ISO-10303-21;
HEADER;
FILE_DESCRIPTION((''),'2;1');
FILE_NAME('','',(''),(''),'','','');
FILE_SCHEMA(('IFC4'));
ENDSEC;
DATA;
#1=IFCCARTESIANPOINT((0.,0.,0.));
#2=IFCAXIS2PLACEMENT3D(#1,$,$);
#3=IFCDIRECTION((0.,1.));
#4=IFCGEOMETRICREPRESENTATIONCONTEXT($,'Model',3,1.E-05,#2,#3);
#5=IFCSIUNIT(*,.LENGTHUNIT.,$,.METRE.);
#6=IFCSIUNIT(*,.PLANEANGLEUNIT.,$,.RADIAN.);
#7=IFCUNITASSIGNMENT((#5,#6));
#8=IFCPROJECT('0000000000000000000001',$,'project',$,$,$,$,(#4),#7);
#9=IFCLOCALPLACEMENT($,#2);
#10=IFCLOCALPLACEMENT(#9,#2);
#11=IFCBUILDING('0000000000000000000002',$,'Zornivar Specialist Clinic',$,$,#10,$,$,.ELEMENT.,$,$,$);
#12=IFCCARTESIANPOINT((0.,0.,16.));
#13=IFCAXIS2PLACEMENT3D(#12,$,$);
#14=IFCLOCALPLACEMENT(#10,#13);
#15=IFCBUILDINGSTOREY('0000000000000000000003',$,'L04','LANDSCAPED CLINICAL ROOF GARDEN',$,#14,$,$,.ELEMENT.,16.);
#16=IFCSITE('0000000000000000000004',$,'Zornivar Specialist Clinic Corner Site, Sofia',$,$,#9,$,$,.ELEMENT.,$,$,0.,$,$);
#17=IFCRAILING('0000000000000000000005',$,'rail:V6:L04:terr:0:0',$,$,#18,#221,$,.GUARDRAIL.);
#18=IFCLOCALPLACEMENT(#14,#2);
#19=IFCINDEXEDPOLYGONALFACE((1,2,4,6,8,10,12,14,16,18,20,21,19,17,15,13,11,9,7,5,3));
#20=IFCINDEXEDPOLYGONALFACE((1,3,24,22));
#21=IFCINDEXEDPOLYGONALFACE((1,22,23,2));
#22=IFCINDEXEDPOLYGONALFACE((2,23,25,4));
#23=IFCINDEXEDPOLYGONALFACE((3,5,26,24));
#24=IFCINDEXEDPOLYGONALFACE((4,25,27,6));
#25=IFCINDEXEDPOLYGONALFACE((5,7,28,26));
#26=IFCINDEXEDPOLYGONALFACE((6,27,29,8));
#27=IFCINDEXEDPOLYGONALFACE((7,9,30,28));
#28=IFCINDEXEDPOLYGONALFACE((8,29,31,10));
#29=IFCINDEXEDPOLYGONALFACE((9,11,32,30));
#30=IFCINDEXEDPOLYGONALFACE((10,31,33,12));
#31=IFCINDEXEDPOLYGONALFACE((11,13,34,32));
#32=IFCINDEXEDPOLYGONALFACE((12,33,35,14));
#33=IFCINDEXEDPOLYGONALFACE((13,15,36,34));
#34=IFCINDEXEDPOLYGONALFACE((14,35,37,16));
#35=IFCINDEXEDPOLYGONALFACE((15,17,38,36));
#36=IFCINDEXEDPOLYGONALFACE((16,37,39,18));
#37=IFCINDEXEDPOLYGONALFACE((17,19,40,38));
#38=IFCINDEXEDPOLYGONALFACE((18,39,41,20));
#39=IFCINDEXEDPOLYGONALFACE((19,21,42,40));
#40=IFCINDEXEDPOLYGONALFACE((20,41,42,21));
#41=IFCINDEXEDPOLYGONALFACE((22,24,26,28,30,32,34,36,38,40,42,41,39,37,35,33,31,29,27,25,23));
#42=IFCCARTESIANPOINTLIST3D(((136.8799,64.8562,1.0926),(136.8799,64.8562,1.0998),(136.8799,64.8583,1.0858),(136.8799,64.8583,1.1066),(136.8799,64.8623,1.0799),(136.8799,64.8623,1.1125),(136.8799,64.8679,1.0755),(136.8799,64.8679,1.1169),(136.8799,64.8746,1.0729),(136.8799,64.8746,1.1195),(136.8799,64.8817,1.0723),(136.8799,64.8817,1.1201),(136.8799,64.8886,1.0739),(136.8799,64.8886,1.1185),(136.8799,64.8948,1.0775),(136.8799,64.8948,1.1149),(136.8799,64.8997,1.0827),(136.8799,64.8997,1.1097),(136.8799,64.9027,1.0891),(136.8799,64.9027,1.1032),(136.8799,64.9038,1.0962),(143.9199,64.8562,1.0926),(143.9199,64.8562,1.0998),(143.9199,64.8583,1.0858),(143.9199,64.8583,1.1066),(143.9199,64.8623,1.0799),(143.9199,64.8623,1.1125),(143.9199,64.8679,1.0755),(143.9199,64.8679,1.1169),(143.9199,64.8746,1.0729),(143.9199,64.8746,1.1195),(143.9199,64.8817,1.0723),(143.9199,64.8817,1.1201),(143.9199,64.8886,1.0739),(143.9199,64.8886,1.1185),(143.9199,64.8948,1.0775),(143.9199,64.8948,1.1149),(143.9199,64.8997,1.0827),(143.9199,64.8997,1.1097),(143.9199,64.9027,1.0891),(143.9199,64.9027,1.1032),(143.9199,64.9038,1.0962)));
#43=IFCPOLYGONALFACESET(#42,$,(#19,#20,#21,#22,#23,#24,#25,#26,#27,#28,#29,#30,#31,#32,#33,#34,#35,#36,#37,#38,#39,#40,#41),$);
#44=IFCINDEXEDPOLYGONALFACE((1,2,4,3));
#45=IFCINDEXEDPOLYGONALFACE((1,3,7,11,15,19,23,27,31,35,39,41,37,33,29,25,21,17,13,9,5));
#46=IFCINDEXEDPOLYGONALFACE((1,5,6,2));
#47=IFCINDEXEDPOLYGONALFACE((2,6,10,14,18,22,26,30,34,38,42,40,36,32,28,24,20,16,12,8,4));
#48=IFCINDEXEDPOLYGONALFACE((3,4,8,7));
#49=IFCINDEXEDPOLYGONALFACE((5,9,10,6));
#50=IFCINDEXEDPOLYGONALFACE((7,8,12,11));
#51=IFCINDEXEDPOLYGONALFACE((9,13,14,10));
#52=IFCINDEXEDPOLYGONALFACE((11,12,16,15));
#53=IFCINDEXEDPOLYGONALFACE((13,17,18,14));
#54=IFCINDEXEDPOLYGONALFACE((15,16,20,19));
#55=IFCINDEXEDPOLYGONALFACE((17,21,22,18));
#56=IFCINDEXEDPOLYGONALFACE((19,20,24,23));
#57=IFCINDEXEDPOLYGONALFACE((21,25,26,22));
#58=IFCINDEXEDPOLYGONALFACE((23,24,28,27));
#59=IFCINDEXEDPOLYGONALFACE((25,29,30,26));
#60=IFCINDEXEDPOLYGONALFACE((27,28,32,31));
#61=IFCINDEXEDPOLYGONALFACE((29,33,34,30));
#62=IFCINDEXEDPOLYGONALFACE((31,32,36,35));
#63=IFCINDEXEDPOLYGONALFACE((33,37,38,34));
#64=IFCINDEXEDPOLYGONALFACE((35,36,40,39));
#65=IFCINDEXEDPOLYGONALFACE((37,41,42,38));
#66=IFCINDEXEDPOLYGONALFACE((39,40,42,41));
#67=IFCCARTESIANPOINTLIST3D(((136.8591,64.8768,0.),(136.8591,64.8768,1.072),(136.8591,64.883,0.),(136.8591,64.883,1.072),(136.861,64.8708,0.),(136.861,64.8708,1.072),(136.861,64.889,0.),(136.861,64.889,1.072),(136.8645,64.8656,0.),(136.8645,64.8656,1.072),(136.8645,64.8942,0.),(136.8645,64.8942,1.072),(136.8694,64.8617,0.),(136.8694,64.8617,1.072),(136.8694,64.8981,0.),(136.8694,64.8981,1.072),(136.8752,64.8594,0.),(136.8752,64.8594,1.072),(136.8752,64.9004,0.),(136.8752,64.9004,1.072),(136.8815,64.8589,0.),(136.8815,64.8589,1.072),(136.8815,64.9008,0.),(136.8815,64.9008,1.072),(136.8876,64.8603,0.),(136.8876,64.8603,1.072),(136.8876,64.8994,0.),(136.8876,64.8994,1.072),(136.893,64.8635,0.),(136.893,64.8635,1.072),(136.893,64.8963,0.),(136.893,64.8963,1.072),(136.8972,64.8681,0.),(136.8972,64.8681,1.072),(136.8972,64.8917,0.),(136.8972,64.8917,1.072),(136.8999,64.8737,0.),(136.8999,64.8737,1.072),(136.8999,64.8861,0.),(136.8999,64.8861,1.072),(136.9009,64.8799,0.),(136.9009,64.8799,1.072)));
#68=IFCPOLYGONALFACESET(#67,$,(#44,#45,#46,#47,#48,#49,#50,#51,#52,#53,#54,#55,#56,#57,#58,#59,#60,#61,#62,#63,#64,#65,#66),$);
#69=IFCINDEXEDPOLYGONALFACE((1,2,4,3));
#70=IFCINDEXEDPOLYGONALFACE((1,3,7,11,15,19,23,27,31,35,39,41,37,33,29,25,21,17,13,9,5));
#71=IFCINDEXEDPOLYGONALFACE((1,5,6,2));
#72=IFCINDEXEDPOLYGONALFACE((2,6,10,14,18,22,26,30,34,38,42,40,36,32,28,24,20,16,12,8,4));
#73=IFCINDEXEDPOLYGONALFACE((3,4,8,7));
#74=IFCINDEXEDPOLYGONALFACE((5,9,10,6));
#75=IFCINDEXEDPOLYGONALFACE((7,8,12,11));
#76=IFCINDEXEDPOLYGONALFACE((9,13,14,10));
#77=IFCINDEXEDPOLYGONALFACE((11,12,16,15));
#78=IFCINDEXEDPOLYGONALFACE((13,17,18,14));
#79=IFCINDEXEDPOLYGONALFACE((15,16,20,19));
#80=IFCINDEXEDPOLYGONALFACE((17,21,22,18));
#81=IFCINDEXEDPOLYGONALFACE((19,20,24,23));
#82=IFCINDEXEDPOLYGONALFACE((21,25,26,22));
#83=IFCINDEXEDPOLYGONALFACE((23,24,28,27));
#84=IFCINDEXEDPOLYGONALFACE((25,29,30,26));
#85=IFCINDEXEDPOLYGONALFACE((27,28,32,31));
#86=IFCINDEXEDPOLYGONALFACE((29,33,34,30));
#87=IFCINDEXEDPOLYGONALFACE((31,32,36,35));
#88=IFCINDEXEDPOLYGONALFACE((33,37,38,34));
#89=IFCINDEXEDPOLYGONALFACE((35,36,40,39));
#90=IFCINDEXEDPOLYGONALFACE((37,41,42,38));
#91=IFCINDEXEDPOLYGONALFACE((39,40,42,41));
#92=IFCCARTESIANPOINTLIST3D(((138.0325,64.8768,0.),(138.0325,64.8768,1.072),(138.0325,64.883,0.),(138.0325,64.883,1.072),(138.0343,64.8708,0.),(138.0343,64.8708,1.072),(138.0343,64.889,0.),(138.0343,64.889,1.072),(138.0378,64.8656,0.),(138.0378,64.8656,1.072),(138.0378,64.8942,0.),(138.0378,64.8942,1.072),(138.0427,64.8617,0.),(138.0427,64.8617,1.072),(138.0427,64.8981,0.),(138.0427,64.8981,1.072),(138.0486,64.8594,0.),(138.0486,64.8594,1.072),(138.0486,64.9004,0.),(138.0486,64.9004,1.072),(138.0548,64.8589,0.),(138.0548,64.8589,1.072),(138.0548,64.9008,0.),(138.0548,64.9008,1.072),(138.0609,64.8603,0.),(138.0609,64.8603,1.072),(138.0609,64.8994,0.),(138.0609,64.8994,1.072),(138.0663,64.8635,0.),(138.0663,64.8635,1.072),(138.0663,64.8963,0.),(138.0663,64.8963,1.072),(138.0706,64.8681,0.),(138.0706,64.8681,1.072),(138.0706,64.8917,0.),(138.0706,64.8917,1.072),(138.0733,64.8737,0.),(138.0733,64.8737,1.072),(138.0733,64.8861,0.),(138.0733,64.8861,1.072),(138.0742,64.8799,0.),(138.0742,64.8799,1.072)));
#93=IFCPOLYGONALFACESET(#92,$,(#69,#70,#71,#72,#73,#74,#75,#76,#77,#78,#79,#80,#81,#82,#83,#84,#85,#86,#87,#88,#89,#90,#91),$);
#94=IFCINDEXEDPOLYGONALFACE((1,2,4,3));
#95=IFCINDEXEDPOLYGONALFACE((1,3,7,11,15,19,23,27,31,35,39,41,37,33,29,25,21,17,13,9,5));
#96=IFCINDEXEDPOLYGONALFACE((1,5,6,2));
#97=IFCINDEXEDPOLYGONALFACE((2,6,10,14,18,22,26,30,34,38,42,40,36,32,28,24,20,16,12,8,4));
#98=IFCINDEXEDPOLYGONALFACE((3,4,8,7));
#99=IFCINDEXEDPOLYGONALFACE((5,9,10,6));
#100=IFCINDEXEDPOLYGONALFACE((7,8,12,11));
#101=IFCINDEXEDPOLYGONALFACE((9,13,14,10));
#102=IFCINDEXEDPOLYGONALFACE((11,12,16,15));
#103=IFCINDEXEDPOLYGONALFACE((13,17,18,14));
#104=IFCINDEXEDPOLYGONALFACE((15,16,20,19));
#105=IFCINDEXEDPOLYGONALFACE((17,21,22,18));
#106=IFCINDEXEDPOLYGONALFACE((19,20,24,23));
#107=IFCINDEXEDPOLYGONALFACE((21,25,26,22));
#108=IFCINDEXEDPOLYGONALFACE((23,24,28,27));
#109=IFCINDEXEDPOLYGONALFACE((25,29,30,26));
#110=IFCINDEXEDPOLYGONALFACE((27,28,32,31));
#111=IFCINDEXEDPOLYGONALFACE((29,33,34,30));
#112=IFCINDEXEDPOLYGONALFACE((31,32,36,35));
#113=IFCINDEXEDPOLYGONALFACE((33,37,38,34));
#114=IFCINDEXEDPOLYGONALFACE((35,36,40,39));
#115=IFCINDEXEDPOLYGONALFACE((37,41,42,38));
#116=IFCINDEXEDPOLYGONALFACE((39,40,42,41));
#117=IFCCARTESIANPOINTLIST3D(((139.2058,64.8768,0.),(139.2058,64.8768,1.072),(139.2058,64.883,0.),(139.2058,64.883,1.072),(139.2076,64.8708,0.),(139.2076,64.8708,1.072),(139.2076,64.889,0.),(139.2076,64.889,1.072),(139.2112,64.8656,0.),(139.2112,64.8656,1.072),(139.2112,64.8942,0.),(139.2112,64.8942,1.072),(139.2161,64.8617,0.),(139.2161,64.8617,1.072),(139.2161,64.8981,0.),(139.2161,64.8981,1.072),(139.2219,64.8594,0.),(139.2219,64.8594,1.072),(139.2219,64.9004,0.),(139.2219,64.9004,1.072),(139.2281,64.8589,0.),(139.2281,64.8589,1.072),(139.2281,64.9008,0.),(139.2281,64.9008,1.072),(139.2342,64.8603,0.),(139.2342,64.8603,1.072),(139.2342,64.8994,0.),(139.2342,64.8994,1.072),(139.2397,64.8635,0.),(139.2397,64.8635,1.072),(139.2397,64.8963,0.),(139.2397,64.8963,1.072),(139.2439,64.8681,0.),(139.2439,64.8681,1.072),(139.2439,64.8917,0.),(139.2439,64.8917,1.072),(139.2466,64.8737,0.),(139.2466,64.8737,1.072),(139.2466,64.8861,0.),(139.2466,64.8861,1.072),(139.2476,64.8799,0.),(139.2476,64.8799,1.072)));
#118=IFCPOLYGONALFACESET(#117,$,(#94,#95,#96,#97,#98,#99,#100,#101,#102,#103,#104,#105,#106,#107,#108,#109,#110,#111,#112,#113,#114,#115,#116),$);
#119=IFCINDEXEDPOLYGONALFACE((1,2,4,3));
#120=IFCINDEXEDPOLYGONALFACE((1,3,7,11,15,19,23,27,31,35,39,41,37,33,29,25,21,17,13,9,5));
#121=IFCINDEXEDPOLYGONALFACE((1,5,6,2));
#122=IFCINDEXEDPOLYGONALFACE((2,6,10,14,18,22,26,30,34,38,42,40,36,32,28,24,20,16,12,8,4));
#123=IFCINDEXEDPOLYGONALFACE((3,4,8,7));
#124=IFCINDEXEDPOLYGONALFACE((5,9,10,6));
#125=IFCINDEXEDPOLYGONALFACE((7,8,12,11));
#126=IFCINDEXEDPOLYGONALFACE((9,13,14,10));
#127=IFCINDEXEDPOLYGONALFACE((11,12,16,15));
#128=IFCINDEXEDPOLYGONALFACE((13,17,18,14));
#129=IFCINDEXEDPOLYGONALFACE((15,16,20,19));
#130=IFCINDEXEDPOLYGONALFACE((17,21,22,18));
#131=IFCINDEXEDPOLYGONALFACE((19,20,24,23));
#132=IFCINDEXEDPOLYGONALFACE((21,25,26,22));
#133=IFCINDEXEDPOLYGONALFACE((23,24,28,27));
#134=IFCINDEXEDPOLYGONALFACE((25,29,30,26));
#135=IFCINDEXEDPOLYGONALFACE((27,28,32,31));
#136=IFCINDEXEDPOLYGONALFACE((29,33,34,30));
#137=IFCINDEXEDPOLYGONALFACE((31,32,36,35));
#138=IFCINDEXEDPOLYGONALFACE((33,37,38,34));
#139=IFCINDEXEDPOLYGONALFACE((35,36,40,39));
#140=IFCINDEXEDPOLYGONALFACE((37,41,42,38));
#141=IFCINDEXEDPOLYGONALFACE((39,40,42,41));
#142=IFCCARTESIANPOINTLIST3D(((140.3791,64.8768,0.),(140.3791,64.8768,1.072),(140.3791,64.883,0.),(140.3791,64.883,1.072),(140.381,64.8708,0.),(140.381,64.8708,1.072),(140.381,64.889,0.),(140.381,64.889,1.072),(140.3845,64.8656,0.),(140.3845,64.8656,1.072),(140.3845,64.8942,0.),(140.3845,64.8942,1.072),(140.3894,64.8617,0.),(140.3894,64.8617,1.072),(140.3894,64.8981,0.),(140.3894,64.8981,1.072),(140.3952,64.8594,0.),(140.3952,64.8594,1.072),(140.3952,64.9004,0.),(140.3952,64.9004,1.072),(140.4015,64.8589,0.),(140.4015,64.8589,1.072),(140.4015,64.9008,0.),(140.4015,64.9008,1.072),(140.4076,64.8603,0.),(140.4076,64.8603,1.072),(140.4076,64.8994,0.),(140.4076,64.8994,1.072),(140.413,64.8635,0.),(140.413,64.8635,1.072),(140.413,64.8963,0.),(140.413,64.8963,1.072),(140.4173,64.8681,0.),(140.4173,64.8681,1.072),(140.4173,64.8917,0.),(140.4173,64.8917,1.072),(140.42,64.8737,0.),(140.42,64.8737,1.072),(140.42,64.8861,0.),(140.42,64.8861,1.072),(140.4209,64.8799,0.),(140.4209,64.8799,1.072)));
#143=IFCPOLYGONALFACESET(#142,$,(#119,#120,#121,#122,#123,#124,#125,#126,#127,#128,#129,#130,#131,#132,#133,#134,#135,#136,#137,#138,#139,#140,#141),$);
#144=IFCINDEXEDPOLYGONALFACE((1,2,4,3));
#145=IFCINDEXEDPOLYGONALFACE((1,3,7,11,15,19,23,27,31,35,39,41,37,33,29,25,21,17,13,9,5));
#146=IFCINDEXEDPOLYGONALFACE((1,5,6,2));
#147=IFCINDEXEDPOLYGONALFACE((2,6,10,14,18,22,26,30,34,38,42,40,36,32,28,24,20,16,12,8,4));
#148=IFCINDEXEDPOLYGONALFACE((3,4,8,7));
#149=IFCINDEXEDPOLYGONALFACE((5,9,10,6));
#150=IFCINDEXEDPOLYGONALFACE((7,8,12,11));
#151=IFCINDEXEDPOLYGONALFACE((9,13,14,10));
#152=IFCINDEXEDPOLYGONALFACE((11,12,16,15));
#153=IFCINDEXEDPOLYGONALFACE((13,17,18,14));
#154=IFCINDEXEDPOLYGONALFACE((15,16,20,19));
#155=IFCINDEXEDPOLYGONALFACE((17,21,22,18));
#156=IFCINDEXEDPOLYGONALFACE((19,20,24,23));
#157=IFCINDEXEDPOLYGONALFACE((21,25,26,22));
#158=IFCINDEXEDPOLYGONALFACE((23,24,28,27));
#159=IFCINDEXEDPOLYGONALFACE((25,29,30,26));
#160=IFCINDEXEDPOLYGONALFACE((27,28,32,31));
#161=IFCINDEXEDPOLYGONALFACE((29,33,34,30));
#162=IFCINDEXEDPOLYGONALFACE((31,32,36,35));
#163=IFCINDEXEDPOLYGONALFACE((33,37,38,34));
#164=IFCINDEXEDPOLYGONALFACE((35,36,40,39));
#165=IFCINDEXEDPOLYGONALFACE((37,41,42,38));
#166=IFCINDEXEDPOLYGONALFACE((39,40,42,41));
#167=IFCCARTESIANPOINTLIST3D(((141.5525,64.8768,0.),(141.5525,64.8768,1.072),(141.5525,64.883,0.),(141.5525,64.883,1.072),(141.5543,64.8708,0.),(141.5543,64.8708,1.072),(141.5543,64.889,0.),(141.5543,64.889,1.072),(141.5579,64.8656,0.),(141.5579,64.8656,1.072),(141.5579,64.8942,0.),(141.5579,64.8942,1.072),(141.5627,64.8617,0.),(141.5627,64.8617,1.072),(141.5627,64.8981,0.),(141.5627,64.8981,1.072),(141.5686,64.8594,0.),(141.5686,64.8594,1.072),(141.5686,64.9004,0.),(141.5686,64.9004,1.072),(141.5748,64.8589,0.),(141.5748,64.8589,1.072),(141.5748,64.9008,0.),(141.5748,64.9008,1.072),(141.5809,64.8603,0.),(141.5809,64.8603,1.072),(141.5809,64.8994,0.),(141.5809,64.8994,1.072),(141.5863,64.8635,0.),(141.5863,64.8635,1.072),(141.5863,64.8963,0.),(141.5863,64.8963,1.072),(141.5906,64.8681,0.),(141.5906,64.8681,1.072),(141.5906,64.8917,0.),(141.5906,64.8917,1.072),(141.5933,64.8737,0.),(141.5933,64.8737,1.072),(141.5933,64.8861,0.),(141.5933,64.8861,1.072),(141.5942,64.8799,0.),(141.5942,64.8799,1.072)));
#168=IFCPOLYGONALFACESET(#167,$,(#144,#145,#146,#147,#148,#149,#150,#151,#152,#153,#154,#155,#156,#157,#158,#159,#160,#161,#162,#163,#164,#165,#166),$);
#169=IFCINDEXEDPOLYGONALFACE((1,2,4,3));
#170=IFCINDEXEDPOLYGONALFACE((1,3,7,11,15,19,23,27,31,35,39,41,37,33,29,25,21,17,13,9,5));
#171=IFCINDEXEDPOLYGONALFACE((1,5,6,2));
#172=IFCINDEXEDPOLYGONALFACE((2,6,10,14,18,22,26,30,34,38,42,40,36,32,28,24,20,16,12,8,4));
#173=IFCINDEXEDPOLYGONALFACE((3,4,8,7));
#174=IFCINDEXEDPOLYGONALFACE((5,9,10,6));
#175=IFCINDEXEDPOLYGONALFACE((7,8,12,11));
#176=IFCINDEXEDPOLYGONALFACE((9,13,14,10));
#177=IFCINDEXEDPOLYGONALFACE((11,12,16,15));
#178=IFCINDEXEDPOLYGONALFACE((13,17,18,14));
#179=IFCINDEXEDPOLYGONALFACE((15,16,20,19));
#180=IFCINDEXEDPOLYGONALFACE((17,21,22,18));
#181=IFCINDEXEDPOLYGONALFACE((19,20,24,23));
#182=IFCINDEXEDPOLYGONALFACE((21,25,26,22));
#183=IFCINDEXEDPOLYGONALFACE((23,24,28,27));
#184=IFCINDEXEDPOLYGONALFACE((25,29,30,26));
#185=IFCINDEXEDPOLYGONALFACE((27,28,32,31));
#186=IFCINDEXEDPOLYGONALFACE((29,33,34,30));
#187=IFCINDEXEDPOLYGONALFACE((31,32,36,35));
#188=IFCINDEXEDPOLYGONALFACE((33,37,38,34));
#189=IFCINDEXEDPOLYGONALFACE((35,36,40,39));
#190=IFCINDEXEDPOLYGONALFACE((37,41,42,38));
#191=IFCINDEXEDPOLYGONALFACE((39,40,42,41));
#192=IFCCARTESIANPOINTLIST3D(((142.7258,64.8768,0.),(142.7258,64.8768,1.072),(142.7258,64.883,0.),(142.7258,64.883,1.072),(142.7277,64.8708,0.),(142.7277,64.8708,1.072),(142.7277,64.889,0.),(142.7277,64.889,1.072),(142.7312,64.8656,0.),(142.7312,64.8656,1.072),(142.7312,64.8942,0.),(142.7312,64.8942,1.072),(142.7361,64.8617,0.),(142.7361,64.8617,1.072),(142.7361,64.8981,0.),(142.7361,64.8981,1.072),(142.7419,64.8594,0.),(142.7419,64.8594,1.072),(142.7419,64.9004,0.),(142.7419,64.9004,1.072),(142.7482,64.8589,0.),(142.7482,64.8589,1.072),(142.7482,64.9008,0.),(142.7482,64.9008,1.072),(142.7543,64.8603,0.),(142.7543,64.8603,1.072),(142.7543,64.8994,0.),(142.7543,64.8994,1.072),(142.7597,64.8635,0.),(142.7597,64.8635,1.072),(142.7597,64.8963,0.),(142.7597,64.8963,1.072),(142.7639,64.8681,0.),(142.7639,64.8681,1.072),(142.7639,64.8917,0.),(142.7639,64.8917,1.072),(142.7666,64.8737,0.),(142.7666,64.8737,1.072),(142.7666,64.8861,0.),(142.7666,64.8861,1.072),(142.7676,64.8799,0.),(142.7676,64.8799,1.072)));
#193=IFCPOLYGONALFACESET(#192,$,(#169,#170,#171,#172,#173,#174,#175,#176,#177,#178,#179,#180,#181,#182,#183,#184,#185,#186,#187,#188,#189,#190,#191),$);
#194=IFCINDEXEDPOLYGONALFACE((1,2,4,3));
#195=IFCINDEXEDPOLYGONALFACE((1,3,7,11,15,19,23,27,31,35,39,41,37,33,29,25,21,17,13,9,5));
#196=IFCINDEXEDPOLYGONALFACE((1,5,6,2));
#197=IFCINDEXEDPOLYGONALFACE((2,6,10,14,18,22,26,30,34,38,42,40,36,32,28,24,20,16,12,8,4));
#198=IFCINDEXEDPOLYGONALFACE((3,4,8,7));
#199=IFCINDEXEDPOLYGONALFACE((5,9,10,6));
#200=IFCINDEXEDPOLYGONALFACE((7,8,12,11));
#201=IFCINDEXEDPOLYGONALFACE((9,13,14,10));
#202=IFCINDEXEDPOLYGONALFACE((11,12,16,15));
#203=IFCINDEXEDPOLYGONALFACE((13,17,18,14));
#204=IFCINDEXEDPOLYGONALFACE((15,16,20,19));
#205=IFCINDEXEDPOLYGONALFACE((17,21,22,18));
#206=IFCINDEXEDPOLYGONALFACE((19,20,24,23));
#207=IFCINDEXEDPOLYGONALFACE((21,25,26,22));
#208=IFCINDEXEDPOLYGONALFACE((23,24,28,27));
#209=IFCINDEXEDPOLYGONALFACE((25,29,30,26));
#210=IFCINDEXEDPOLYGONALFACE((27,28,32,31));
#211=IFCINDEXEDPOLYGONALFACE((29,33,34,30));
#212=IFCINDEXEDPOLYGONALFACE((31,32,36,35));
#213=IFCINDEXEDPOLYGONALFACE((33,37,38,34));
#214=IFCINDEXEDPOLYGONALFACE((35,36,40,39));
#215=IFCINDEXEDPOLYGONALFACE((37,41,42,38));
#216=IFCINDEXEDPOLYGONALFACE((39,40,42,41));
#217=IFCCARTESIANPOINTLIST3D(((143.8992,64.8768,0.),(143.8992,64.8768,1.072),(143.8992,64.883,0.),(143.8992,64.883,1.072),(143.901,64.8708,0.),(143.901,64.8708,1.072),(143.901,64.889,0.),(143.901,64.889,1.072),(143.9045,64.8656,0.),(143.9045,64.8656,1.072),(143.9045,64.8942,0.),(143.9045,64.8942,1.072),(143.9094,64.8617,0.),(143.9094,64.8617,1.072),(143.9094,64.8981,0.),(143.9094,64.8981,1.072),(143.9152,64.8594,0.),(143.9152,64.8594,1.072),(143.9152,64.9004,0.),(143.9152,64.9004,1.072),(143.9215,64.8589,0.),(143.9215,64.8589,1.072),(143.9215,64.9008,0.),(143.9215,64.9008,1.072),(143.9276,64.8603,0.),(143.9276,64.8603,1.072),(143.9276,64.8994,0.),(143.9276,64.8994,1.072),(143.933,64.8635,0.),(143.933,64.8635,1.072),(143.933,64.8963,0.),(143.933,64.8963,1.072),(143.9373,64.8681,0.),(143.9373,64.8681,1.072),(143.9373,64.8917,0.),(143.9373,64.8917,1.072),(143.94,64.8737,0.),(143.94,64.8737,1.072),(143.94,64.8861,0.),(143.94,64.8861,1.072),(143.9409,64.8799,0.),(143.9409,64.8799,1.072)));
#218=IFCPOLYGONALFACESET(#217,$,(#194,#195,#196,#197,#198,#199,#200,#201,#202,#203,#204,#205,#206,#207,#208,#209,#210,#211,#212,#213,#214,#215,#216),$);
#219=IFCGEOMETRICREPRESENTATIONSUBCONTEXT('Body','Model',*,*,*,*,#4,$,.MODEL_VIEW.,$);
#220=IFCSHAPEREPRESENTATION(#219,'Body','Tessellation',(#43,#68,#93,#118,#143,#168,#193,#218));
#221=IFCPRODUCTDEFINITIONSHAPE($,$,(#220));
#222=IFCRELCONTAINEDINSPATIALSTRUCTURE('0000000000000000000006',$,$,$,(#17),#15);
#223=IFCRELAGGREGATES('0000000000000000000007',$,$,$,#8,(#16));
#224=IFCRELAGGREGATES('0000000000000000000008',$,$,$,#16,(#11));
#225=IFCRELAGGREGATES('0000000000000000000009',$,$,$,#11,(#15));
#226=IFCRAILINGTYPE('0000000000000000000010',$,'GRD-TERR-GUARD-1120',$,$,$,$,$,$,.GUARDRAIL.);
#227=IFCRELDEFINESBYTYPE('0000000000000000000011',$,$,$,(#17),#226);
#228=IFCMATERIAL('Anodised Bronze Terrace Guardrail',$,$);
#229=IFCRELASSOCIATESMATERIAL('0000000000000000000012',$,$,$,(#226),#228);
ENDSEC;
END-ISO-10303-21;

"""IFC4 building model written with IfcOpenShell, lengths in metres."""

from ifc_helpers import new_model, si_unit, direction, frame, origin, origin_2d, place, context, subcontext, project, spatial, circle, extrude, material, type_object, element, save


model = new_model("IFC4")

# Units and contexts
model_context = context("Model", 3, precision=1e-05, world=origin(), true_north=direction((0.0, 1.0)))
body_context = subcontext(model_context, "Body", "Model", "MODEL_VIEW")
ifc_project = project(units=[si_unit("LENGTHUNIT", "METRE"), si_unit("PLANEANGLEUNIT", "RADIAN")], contexts=[model_context])

# Site, building, storey
site_placement = place(None, origin())
site = spatial("IfcSite", under=ifc_project, at=site_placement, Name="Zornivar Specialist Clinic Corner Site, Sofia", CompositionType="ELEMENT", RefElevation=0.0)
building_placement = place(site_placement, origin())
building = spatial("IfcBuilding", under=site, at=building_placement, Name="Zornivar Specialist Clinic", CompositionType="ELEMENT")
storey_placement = place(building_placement, frame((0.0, 0.0, 16.0)))
storey = spatial("IfcBuildingStorey", under=building, at=storey_placement, Name="L04", Description="LANDSCAPED CLINICAL ROOF GARDEN", CompositionType="ELEMENT", Elevation=16.0)

# Railing
ifc_material_1 = material(Name="Anodised Bronze Terrace Guardrail")
railing_type_1 = type_object("IfcRailingType", Name="GRD-TERR-GUARD-1120", PredefinedType="GUARDRAIL", material=ifc_material_1)
railing_1_placement = place(storey_placement, frame((136.8799, 64.8799, 0.0)))
element("IfcRailing", 1, at=railing_1_placement, inside=storey, type_object=railing_type_1, Name="rail:V6:L04:terr:0:0", PredefinedType="GUARDRAIL", context=body_context, shape_type="SweptSolid", body=[
    extrude(circle(Radius=0.0239, at=origin_2d()), frame((0.0, 0.0, 1.0962), z_axis=(1.0, 0.0, 0.0), x_axis=(0.0, 1.0, 0.0)), (0.0, 0.0, 1.0), 7.04),
    extrude(circle(Radius=0.021, at=origin_2d()), origin(), (0.0, 0.0, 1.0), 1.072),
    extrude(circle(Radius=0.021, at=origin_2d()), frame((1.1733, 0.0, 0.0)), (0.0, 0.0, 1.0), 1.072),
    extrude(circle(Radius=0.021, at=origin_2d()), frame((2.3467, 0.0, 0.0)), (0.0, 0.0, 1.0), 1.072),
    extrude(circle(Radius=0.021, at=origin_2d()), frame((3.52, 0.0, 0.0)), (0.0, 0.0, 1.0), 1.072),
    extrude(circle(Radius=0.021, at=origin_2d()), frame((4.6934, 0.0, 0.0)), (0.0, 0.0, 1.0), 1.072),
    extrude(circle(Radius=0.021, at=origin_2d()), frame((5.8667, 0.0, 0.0)), (0.0, 0.0, 1.0), 1.072),
    extrude(circle(Radius=0.021, at=origin_2d()), frame((7.04, 0.0, 0.0)), (0.0, 0.0, 1.0), 1.072),
])

save(model, "model.ifc")
